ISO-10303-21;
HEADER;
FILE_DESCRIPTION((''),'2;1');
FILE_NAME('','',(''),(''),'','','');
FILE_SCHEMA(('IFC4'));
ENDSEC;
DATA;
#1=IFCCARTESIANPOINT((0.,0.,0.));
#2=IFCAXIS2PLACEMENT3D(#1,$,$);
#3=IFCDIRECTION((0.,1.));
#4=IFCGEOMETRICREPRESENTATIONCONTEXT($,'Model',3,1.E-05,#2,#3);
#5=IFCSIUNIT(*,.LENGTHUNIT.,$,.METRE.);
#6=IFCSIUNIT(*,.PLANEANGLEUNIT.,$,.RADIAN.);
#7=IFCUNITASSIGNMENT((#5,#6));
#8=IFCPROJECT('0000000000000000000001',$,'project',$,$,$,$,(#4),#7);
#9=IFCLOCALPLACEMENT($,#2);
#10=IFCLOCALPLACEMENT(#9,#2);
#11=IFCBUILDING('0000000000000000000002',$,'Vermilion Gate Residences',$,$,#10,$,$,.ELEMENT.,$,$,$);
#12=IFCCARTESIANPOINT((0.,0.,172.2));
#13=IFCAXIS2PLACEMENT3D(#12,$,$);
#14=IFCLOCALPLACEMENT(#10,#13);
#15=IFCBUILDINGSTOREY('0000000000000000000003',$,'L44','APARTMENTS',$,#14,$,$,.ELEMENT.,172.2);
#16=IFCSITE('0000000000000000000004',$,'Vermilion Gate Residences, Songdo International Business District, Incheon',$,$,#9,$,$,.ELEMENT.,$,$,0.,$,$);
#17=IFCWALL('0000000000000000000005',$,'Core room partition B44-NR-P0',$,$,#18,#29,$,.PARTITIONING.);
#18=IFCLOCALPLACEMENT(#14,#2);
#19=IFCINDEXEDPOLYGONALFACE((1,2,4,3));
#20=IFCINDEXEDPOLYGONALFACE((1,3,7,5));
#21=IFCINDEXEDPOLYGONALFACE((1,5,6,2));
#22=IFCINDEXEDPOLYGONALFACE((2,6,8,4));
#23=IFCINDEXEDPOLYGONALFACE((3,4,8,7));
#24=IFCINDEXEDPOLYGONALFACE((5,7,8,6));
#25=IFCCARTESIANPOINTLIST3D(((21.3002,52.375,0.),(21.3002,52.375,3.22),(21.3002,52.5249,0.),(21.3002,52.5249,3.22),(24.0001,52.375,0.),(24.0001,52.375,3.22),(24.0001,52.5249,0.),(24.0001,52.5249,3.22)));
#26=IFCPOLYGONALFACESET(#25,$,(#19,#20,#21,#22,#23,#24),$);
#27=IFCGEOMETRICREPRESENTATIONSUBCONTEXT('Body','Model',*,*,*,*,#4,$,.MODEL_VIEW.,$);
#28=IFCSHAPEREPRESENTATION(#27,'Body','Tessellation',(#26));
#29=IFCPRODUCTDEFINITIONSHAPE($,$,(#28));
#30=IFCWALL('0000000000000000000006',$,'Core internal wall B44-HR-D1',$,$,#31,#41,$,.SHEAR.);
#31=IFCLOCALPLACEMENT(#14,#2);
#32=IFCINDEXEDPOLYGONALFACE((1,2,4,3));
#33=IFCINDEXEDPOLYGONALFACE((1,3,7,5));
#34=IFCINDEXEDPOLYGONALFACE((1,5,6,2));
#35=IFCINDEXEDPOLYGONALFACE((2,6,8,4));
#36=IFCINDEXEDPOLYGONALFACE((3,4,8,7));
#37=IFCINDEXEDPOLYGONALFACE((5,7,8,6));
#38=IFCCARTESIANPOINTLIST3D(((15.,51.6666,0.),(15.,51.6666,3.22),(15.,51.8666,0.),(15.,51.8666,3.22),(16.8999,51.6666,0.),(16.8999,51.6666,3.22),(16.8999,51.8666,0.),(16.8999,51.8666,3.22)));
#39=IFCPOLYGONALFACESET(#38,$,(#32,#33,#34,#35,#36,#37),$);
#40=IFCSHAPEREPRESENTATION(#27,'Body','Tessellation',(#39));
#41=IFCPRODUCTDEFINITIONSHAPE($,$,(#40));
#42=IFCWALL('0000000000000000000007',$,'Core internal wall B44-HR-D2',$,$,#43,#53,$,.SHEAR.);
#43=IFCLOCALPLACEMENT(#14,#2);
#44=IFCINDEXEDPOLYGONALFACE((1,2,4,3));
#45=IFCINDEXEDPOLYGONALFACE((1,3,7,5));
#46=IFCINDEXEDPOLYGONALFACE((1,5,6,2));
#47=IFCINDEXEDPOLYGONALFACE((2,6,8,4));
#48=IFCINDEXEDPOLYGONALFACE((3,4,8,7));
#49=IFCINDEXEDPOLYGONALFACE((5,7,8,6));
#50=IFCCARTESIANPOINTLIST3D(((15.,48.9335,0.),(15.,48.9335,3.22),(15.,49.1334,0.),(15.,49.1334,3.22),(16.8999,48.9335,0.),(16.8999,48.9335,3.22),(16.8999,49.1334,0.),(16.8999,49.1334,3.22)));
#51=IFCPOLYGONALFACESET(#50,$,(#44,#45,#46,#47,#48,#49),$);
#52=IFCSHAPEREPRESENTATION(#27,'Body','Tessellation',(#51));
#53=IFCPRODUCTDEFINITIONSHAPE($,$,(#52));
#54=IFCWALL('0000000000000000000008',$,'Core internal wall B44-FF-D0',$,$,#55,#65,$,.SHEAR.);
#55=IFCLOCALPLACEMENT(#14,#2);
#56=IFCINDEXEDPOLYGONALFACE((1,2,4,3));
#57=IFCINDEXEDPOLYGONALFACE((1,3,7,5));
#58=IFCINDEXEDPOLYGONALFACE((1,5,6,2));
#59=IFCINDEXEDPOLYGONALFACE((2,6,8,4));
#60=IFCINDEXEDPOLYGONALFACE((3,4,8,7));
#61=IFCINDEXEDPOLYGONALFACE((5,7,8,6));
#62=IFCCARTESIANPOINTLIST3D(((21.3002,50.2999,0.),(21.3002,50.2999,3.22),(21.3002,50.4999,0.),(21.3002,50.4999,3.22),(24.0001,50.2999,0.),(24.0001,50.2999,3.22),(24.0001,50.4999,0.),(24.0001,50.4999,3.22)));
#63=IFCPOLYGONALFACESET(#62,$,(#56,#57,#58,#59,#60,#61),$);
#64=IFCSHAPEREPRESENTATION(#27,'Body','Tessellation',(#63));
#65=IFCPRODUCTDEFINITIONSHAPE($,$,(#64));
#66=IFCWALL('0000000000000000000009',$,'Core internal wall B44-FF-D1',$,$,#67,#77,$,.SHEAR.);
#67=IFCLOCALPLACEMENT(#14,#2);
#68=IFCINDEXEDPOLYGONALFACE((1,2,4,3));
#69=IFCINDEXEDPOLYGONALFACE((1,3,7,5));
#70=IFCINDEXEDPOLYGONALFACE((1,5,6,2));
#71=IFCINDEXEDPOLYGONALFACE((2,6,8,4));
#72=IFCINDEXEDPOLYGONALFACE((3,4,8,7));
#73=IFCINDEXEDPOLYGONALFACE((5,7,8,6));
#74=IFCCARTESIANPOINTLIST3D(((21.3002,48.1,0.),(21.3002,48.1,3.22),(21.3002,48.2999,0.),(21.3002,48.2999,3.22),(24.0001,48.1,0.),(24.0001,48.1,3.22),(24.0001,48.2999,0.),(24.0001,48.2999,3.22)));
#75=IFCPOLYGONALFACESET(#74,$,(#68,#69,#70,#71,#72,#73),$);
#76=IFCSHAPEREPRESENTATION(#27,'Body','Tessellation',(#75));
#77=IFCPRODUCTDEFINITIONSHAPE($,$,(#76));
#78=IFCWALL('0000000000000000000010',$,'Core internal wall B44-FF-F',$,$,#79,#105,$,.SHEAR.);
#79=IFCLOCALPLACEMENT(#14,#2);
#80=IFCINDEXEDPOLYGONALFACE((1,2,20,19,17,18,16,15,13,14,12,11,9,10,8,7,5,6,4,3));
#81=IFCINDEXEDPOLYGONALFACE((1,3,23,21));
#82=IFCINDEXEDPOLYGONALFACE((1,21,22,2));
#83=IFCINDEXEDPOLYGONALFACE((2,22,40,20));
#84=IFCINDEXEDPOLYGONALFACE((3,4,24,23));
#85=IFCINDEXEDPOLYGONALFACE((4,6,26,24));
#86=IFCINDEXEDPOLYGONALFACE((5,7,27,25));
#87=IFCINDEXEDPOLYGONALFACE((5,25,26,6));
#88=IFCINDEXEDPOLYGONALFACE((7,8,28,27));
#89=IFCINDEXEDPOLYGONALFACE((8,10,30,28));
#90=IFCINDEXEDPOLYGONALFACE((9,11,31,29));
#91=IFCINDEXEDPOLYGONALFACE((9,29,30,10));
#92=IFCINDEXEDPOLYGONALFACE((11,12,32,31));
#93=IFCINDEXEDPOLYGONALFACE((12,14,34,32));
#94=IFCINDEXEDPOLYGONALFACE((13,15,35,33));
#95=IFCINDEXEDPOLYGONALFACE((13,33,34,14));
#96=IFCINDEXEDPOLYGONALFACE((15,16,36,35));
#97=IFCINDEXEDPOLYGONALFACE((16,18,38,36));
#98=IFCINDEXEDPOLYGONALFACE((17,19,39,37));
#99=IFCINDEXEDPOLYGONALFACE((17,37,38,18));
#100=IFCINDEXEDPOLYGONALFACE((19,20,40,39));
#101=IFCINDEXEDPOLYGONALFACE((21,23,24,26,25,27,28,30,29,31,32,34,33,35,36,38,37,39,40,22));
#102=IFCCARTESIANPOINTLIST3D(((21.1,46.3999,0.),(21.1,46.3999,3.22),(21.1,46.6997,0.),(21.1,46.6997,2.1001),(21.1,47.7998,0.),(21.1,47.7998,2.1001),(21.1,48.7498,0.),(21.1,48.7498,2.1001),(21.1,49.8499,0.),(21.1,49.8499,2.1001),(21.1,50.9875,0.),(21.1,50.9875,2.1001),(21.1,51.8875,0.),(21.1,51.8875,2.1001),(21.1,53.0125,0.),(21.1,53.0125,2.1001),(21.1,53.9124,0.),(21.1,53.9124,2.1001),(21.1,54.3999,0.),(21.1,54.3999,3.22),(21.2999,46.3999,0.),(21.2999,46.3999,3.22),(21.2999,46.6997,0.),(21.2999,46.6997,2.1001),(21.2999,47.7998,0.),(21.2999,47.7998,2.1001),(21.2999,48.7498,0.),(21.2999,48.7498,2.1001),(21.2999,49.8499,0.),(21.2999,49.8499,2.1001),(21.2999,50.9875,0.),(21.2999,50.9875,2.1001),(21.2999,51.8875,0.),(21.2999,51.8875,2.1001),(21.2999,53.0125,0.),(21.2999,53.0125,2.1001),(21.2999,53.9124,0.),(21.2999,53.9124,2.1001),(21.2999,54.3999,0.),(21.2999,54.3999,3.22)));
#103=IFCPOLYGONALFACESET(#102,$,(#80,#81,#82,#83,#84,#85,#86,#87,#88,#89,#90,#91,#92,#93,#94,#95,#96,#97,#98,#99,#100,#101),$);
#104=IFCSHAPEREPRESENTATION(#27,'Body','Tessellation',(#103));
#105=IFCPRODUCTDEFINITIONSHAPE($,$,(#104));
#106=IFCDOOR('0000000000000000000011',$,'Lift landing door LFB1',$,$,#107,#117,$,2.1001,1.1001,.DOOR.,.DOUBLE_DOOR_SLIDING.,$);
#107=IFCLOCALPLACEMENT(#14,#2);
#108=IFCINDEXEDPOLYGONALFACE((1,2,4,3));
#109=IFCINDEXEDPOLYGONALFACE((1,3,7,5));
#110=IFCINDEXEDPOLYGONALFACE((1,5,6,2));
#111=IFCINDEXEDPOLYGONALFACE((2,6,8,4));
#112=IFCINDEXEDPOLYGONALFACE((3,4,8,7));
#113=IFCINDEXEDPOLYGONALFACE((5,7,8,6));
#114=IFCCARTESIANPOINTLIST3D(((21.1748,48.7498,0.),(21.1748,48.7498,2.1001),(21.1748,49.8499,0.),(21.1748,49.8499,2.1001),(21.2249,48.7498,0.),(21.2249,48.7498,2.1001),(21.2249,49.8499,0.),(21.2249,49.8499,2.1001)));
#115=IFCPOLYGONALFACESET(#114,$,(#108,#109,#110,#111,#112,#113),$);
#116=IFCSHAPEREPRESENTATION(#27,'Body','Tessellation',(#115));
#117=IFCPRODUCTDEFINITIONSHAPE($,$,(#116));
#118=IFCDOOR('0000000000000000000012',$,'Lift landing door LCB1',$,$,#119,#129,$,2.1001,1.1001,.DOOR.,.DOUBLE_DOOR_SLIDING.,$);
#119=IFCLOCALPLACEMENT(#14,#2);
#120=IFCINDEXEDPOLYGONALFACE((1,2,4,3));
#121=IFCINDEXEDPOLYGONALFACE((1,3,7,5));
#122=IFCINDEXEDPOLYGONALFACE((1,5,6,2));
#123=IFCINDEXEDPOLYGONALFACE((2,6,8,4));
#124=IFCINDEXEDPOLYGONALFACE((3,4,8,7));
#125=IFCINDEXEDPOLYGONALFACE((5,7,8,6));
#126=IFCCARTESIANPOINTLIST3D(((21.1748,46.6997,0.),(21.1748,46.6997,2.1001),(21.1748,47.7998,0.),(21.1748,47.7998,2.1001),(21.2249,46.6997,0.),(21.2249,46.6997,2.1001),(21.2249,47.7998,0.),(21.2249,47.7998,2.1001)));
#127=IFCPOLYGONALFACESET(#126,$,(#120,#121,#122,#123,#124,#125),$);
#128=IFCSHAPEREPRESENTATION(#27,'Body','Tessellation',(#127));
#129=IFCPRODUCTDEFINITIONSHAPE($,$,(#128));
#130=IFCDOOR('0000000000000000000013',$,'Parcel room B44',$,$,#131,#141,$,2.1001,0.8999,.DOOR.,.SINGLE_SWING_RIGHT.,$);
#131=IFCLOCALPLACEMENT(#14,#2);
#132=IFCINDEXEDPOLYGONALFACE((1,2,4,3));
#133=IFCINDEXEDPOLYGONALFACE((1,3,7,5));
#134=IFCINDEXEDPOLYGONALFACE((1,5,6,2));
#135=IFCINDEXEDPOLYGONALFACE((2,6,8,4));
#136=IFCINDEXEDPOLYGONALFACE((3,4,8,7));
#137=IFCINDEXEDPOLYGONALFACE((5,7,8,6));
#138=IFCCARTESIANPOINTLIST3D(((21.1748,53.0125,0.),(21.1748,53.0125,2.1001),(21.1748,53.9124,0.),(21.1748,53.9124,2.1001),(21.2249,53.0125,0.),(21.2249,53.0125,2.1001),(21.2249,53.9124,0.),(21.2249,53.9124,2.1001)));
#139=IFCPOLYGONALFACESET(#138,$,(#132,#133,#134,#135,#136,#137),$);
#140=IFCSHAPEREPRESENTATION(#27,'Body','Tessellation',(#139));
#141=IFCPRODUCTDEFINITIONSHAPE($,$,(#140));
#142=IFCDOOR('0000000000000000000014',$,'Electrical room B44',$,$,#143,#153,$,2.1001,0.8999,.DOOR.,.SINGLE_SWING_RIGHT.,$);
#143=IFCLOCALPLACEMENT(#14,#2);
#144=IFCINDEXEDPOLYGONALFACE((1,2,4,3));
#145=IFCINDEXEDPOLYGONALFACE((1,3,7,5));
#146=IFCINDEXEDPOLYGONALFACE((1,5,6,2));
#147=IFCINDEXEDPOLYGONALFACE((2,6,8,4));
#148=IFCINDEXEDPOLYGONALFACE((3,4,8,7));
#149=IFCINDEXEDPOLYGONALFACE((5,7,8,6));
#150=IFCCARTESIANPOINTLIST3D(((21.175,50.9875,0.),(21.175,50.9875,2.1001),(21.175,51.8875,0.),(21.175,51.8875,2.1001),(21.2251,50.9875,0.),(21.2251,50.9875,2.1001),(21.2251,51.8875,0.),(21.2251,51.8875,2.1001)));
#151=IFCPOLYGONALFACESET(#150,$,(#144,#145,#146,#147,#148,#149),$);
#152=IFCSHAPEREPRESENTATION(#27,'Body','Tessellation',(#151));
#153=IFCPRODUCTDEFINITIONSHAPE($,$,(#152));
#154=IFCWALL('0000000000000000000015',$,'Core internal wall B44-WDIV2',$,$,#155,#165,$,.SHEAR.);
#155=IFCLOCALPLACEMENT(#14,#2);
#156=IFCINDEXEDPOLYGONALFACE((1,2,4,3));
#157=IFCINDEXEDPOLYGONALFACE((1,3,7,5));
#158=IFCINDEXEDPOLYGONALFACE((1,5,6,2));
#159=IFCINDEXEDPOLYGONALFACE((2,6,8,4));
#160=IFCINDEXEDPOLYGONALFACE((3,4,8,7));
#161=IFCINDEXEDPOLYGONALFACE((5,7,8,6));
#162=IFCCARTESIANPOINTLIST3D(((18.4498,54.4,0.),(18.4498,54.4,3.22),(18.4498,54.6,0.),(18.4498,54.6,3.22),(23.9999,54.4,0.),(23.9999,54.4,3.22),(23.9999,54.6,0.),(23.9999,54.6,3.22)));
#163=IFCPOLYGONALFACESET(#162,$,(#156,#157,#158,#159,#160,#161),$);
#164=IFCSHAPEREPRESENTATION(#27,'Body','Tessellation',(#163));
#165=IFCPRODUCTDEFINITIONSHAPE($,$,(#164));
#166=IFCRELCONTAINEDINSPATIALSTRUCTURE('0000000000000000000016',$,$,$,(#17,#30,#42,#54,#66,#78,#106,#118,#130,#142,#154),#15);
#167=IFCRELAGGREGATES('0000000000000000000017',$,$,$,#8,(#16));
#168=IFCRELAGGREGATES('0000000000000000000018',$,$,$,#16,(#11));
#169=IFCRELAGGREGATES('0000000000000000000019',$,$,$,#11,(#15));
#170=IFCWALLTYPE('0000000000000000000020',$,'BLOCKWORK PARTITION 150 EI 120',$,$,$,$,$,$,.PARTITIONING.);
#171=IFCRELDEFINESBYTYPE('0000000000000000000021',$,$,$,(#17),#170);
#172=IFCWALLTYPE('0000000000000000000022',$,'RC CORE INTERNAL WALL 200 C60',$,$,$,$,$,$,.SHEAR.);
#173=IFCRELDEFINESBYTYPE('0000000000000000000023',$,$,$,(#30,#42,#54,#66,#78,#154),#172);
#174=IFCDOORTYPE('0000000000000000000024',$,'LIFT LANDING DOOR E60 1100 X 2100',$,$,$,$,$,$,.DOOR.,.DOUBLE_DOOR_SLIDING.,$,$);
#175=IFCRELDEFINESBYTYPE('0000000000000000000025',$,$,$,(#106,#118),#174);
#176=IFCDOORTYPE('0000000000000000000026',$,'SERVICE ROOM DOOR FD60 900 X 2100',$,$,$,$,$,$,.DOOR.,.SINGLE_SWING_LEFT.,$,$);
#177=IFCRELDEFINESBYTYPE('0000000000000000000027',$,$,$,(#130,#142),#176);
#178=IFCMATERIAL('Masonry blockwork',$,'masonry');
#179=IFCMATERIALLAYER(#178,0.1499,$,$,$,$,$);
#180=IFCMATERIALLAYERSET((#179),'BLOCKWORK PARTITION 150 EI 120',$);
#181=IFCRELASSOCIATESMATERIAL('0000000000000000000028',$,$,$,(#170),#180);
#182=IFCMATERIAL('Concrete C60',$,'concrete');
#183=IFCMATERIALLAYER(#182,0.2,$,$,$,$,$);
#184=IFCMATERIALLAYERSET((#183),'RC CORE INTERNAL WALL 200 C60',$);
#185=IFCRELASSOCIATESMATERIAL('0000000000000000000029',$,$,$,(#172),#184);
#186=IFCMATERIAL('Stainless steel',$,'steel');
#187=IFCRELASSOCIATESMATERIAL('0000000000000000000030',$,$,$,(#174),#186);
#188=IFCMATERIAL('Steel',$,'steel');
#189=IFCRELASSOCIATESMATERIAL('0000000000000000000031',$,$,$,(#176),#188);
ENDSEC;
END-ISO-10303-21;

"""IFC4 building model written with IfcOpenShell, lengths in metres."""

from ifc_helpers import new_model, si_unit, direction, frame, frame_2d, origin, place, context, subcontext, project, spatial, rectangle, extrude, material, layer, layer_set, type_object, element, fill, save


model = new_model("IFC4")

# Units and contexts
model_context = context("Model", 3, precision=1e-05, world=origin(), true_north=direction((0.0, 1.0)))
body_context = subcontext(model_context, "Body", "Model", "MODEL_VIEW")
ifc_project = project(units=[si_unit("LENGTHUNIT", "METRE"), si_unit("PLANEANGLEUNIT", "RADIAN")], contexts=[model_context])

# Site, building, storey
site_placement = place(None, origin())
site = spatial("IfcSite", under=ifc_project, at=site_placement, Name="Vermilion Gate Residences, Songdo International Business District, Incheon", CompositionType="ELEMENT", RefElevation=0.0)
building_placement = place(site_placement, origin())
building = spatial("IfcBuilding", under=site, at=building_placement, Name="Vermilion Gate Residences", CompositionType="ELEMENT")
storey_placement = place(building_placement, frame((0.0, 0.0, 172.2)))
storey = spatial("IfcBuildingStorey", under=building, at=storey_placement, Name="L44", Description="APARTMENTS", CompositionType="ELEMENT", Elevation=172.2)

# Walls
ifc_material_1 = material(Name="Masonry blockwork", Category="masonry")
ifc_layer_1 = layer(ifc_material_1, 0.1499)
ifc_layer_set_1 = layer_set([ifc_layer_1], Name="BLOCKWORK PARTITION 150 EI 120")
wall_type_1 = type_object("IfcWallType", Name="BLOCKWORK PARTITION 150 EI 120", PredefinedType="PARTITIONING", material=ifc_layer_set_1)
wall_1_placement = place(storey_placement, frame((21.3, 52.45, 0.0), z_axis=(0.0, 0.0, 1.0), x_axis=(1.0, 0.0, 0.0)))
element("IfcWall", 1, at=wall_1_placement, inside=storey, type_object=wall_type_1, Name="Core room partition B44-NR-P0", PredefinedType="PARTITIONING", context=body_context, shape_type="SweptSolid", body=[
    extrude(rectangle(XDim=2.7, YDim=0.1499, at=frame_2d((1.3501, 0.0))), origin(), (0.0, 0.0, 1.0), 3.22),
])
ifc_material_2 = material(Name="Concrete C60", Category="concrete")
ifc_layer_2 = layer(ifc_material_2, 0.2)
ifc_layer_set_2 = layer_set([ifc_layer_2], Name="RC CORE INTERNAL WALL 200 C60")
wall_type_2 = type_object("IfcWallType", Name="RC CORE INTERNAL WALL 200 C60", PredefinedType="SHEAR", material=ifc_layer_set_2)
for number, where, z_axis, x_axis, name in (
    (2, (15.0, 51.7666, 0.0), (0.0, 0.0, 1.0), (1.0, 0.0, 0.0), "Core internal wall B44-HR-D1"),
    (3, (15.0, 49.0334, 0.0), (0.0, 0.0, 1.0), (1.0, 0.0, 0.0), "Core internal wall B44-HR-D2"),
):
    element("IfcWall", number, at=place(storey_placement, frame(where, z_axis=z_axis, x_axis=x_axis)), inside=storey, type_object=wall_type_2, Name=name, PredefinedType="SHEAR", context=body_context, shape_type="SweptSolid", body=[
        extrude(rectangle(XDim=1.8999, YDim=0.2, at=frame_2d((0.95, 0.0))), origin(), (0.0, 0.0, 1.0), 3.22),
    ])
for number, where, z_axis, x_axis, name in (
    (4, (21.3, 50.3999, 0.0), (0.0, 0.0, 1.0), (1.0, 0.0, 0.0), "Core internal wall B44-FF-D0"),
    (5, (21.3, 48.2, 0.0), (0.0, 0.0, 1.0), (1.0, 0.0, 0.0), "Core internal wall B44-FF-D1"),
):
    element("IfcWall", number, at=place(storey_placement, frame(where, z_axis=z_axis, x_axis=x_axis)), inside=storey, type_object=wall_type_2, Name=name, PredefinedType="SHEAR", context=body_context, shape_type="SweptSolid", body=[
        extrude(rectangle(XDim=2.7, YDim=0.2, at=frame_2d((1.3501, 0.0))), origin(), (0.0, 0.0, 1.0), 3.22),
    ])

# Wall, openings, doors
wall_2_placement = place(storey_placement, frame((21.2, 54.3999, 0.0), z_axis=(0.0, 0.0, 1.0), x_axis=(0.0, -1.0, 0.0)))
wall_2 = element("IfcWall", 6, at=wall_2_placement, inside=storey, type_object=wall_type_2, Name="Core internal wall B44-FF-F", PredefinedType="SHEAR", context=body_context, shape_type="SweptSolid", body=[
    extrude(rectangle(XDim=8.0, YDim=0.2, at=frame_2d((4.0, 0.0))), origin(), (0.0, 0.0, 1.0), 3.22),
])
opening_1_placement = place(wall_2_placement, frame((0.4875, 0.0, 0.0)))
opening_1 = element("IfcOpeningElement", 7, at=opening_1_placement, cuts=wall_2, PredefinedType="OPENING", context=body_context, shape_type="SweptSolid", body=[
    extrude(rectangle(XDim=0.8999, YDim=2.1001, at=frame_2d((0.45, 1.05))), frame((0.0, 0.1099, 0.0), z_axis=(0.0, -1.0, 0.0), x_axis=(1.0, 0.0, 0.0)), (0.0, 0.0, 1.0), 0.22),
])
opening_2_placement = place(wall_2_placement, frame((2.5125, 0.0, 0.0)))
opening_2 = element("IfcOpeningElement", 8, at=opening_2_placement, cuts=wall_2, PredefinedType="OPENING", context=body_context, shape_type="SweptSolid", body=[
    extrude(rectangle(XDim=0.8999, YDim=2.1001, at=frame_2d((0.45, 1.05))), frame((0.0, 0.1099, 0.0), z_axis=(0.0, -1.0, 0.0), x_axis=(1.0, 0.0, 0.0)), (0.0, 0.0, 1.0), 0.22),
])
opening_3_placement = place(wall_2_placement, frame((4.55, 0.0, 0.0)))
opening_3 = element("IfcOpeningElement", 9, at=opening_3_placement, cuts=wall_2, PredefinedType="OPENING", context=body_context, shape_type="SweptSolid", body=[
    extrude(rectangle(XDim=1.1001, YDim=2.1001, at=frame_2d((0.55, 1.05))), frame((0.0, 0.1099, 0.0), z_axis=(0.0, -1.0, 0.0), x_axis=(1.0, 0.0, 0.0)), (0.0, 0.0, 1.0), 0.22),
])
opening_4_placement = place(wall_2_placement, frame((6.6001, 0.0, 0.0)))
opening_4 = element("IfcOpeningElement", 10, at=opening_4_placement, cuts=wall_2, PredefinedType="OPENING", context=body_context, shape_type="SweptSolid", body=[
    extrude(rectangle(XDim=1.1001, YDim=2.1001, at=frame_2d((0.55, 1.05))), frame((0.0, 0.1099, 0.0), z_axis=(0.0, -1.0, 0.0), x_axis=(1.0, 0.0, 0.0)), (0.0, 0.0, 1.0), 0.22),
])
ifc_material_3 = material(Name="Stainless steel", Category="steel")
door_type_1 = type_object("IfcDoorType", Name="LIFT LANDING DOOR E60 1100 X 2100", OperationType="DOUBLE_DOOR_SLIDING", PredefinedType="DOOR", material=ifc_material_3)
door_1_placement = place(opening_3_placement, origin())
door_1 = element("IfcDoor", 11, at=door_1_placement, inside=storey, type_object=door_type_1, Name="Lift landing door LFB1", OperationType="DOUBLE_DOOR_SLIDING", OverallHeight=2.1001, OverallWidth=1.1001, PredefinedType="DOOR", context=body_context, shape_type="SweptSolid", body=[
    extrude(rectangle(XDim=1.1001, YDim=2.1001, at=frame_2d((0.55, 1.05))), frame((0.0, 0.0249, 0.0), z_axis=(0.0, -1.0, 0.0), x_axis=(1.0, 0.0, 0.0)), (0.0, 0.0, 1.0), 0.05),
])
fill(opening_3, door_1)
door_2_placement = place(opening_4_placement, origin())
door_2 = element("IfcDoor", 12, at=door_2_placement, inside=storey, type_object=door_type_1, Name="Lift landing door LCB1", OperationType="DOUBLE_DOOR_SLIDING", OverallHeight=2.1001, OverallWidth=1.1001, PredefinedType="DOOR", context=body_context, shape_type="SweptSolid", body=[
    extrude(rectangle(XDim=1.1001, YDim=2.1001, at=frame_2d((0.55, 1.05))), frame((0.0, 0.0249, 0.0), z_axis=(0.0, -1.0, 0.0), x_axis=(1.0, 0.0, 0.0)), (0.0, 0.0, 1.0), 0.05),
])
fill(opening_4, door_2)
ifc_material_4 = material(Name="Steel", Category="steel")
door_type_2 = type_object("IfcDoorType", Name="SERVICE ROOM DOOR FD60 900 X 2100", OperationType="SINGLE_SWING_LEFT", PredefinedType="DOOR", material=ifc_material_4)
door_3_placement = place(opening_1_placement, origin())
door_3 = element("IfcDoor", 13, at=door_3_placement, inside=storey, type_object=door_type_2, Name="Parcel room B44", OperationType="SINGLE_SWING_RIGHT", OverallHeight=2.1001, OverallWidth=0.8999, PredefinedType="DOOR", context=body_context, shape_type="SweptSolid", body=[
    extrude(rectangle(XDim=0.8999, YDim=2.1001, at=frame_2d((0.45, 1.05))), frame((0.0, 0.0249, 0.0), z_axis=(0.0, -1.0, 0.0), x_axis=(1.0, 0.0, 0.0)), (0.0, 0.0, 1.0), 0.05),
])
fill(opening_1, door_3)
door_4_placement = place(opening_2_placement, frame((0.8999, 0.0, 0.0), z_axis=(0.0, 0.0, 1.0), x_axis=(-1.0, 0.0, 0.0)))
door_4 = element("IfcDoor", 14, at=door_4_placement, inside=storey, type_object=door_type_2, Name="Electrical room B44", OperationType="SINGLE_SWING_RIGHT", OverallHeight=2.1001, OverallWidth=0.8999, PredefinedType="DOOR", context=body_context, shape_type="SweptSolid", body=[
    extrude(rectangle(XDim=0.8999, YDim=2.1001, at=frame_2d((0.45, 1.05))), frame((0.0, 0.0249, 0.0), z_axis=(0.0, -1.0, 0.0), x_axis=(1.0, 0.0, 0.0)), (0.0, 0.0, 1.0), 0.05),
])
fill(opening_2, door_4)

# Wall
wall_3_placement = place(storey_placement, frame((18.45, 54.5, 0.0), z_axis=(0.0, 0.0, 1.0), x_axis=(1.0, 0.0, 0.0)))
element("IfcWall", 15, at=wall_3_placement, inside=storey, type_object=wall_type_2, Name="Core internal wall B44-WDIV2", PredefinedType="SHEAR", context=body_context, shape_type="SweptSolid", body=[
    extrude(rectangle(XDim=5.55, YDim=0.2, at=frame_2d((2.7749, 0.0))), origin(), (0.0, 0.0, 1.0), 3.22),
])

save(model, "model.ifc")
